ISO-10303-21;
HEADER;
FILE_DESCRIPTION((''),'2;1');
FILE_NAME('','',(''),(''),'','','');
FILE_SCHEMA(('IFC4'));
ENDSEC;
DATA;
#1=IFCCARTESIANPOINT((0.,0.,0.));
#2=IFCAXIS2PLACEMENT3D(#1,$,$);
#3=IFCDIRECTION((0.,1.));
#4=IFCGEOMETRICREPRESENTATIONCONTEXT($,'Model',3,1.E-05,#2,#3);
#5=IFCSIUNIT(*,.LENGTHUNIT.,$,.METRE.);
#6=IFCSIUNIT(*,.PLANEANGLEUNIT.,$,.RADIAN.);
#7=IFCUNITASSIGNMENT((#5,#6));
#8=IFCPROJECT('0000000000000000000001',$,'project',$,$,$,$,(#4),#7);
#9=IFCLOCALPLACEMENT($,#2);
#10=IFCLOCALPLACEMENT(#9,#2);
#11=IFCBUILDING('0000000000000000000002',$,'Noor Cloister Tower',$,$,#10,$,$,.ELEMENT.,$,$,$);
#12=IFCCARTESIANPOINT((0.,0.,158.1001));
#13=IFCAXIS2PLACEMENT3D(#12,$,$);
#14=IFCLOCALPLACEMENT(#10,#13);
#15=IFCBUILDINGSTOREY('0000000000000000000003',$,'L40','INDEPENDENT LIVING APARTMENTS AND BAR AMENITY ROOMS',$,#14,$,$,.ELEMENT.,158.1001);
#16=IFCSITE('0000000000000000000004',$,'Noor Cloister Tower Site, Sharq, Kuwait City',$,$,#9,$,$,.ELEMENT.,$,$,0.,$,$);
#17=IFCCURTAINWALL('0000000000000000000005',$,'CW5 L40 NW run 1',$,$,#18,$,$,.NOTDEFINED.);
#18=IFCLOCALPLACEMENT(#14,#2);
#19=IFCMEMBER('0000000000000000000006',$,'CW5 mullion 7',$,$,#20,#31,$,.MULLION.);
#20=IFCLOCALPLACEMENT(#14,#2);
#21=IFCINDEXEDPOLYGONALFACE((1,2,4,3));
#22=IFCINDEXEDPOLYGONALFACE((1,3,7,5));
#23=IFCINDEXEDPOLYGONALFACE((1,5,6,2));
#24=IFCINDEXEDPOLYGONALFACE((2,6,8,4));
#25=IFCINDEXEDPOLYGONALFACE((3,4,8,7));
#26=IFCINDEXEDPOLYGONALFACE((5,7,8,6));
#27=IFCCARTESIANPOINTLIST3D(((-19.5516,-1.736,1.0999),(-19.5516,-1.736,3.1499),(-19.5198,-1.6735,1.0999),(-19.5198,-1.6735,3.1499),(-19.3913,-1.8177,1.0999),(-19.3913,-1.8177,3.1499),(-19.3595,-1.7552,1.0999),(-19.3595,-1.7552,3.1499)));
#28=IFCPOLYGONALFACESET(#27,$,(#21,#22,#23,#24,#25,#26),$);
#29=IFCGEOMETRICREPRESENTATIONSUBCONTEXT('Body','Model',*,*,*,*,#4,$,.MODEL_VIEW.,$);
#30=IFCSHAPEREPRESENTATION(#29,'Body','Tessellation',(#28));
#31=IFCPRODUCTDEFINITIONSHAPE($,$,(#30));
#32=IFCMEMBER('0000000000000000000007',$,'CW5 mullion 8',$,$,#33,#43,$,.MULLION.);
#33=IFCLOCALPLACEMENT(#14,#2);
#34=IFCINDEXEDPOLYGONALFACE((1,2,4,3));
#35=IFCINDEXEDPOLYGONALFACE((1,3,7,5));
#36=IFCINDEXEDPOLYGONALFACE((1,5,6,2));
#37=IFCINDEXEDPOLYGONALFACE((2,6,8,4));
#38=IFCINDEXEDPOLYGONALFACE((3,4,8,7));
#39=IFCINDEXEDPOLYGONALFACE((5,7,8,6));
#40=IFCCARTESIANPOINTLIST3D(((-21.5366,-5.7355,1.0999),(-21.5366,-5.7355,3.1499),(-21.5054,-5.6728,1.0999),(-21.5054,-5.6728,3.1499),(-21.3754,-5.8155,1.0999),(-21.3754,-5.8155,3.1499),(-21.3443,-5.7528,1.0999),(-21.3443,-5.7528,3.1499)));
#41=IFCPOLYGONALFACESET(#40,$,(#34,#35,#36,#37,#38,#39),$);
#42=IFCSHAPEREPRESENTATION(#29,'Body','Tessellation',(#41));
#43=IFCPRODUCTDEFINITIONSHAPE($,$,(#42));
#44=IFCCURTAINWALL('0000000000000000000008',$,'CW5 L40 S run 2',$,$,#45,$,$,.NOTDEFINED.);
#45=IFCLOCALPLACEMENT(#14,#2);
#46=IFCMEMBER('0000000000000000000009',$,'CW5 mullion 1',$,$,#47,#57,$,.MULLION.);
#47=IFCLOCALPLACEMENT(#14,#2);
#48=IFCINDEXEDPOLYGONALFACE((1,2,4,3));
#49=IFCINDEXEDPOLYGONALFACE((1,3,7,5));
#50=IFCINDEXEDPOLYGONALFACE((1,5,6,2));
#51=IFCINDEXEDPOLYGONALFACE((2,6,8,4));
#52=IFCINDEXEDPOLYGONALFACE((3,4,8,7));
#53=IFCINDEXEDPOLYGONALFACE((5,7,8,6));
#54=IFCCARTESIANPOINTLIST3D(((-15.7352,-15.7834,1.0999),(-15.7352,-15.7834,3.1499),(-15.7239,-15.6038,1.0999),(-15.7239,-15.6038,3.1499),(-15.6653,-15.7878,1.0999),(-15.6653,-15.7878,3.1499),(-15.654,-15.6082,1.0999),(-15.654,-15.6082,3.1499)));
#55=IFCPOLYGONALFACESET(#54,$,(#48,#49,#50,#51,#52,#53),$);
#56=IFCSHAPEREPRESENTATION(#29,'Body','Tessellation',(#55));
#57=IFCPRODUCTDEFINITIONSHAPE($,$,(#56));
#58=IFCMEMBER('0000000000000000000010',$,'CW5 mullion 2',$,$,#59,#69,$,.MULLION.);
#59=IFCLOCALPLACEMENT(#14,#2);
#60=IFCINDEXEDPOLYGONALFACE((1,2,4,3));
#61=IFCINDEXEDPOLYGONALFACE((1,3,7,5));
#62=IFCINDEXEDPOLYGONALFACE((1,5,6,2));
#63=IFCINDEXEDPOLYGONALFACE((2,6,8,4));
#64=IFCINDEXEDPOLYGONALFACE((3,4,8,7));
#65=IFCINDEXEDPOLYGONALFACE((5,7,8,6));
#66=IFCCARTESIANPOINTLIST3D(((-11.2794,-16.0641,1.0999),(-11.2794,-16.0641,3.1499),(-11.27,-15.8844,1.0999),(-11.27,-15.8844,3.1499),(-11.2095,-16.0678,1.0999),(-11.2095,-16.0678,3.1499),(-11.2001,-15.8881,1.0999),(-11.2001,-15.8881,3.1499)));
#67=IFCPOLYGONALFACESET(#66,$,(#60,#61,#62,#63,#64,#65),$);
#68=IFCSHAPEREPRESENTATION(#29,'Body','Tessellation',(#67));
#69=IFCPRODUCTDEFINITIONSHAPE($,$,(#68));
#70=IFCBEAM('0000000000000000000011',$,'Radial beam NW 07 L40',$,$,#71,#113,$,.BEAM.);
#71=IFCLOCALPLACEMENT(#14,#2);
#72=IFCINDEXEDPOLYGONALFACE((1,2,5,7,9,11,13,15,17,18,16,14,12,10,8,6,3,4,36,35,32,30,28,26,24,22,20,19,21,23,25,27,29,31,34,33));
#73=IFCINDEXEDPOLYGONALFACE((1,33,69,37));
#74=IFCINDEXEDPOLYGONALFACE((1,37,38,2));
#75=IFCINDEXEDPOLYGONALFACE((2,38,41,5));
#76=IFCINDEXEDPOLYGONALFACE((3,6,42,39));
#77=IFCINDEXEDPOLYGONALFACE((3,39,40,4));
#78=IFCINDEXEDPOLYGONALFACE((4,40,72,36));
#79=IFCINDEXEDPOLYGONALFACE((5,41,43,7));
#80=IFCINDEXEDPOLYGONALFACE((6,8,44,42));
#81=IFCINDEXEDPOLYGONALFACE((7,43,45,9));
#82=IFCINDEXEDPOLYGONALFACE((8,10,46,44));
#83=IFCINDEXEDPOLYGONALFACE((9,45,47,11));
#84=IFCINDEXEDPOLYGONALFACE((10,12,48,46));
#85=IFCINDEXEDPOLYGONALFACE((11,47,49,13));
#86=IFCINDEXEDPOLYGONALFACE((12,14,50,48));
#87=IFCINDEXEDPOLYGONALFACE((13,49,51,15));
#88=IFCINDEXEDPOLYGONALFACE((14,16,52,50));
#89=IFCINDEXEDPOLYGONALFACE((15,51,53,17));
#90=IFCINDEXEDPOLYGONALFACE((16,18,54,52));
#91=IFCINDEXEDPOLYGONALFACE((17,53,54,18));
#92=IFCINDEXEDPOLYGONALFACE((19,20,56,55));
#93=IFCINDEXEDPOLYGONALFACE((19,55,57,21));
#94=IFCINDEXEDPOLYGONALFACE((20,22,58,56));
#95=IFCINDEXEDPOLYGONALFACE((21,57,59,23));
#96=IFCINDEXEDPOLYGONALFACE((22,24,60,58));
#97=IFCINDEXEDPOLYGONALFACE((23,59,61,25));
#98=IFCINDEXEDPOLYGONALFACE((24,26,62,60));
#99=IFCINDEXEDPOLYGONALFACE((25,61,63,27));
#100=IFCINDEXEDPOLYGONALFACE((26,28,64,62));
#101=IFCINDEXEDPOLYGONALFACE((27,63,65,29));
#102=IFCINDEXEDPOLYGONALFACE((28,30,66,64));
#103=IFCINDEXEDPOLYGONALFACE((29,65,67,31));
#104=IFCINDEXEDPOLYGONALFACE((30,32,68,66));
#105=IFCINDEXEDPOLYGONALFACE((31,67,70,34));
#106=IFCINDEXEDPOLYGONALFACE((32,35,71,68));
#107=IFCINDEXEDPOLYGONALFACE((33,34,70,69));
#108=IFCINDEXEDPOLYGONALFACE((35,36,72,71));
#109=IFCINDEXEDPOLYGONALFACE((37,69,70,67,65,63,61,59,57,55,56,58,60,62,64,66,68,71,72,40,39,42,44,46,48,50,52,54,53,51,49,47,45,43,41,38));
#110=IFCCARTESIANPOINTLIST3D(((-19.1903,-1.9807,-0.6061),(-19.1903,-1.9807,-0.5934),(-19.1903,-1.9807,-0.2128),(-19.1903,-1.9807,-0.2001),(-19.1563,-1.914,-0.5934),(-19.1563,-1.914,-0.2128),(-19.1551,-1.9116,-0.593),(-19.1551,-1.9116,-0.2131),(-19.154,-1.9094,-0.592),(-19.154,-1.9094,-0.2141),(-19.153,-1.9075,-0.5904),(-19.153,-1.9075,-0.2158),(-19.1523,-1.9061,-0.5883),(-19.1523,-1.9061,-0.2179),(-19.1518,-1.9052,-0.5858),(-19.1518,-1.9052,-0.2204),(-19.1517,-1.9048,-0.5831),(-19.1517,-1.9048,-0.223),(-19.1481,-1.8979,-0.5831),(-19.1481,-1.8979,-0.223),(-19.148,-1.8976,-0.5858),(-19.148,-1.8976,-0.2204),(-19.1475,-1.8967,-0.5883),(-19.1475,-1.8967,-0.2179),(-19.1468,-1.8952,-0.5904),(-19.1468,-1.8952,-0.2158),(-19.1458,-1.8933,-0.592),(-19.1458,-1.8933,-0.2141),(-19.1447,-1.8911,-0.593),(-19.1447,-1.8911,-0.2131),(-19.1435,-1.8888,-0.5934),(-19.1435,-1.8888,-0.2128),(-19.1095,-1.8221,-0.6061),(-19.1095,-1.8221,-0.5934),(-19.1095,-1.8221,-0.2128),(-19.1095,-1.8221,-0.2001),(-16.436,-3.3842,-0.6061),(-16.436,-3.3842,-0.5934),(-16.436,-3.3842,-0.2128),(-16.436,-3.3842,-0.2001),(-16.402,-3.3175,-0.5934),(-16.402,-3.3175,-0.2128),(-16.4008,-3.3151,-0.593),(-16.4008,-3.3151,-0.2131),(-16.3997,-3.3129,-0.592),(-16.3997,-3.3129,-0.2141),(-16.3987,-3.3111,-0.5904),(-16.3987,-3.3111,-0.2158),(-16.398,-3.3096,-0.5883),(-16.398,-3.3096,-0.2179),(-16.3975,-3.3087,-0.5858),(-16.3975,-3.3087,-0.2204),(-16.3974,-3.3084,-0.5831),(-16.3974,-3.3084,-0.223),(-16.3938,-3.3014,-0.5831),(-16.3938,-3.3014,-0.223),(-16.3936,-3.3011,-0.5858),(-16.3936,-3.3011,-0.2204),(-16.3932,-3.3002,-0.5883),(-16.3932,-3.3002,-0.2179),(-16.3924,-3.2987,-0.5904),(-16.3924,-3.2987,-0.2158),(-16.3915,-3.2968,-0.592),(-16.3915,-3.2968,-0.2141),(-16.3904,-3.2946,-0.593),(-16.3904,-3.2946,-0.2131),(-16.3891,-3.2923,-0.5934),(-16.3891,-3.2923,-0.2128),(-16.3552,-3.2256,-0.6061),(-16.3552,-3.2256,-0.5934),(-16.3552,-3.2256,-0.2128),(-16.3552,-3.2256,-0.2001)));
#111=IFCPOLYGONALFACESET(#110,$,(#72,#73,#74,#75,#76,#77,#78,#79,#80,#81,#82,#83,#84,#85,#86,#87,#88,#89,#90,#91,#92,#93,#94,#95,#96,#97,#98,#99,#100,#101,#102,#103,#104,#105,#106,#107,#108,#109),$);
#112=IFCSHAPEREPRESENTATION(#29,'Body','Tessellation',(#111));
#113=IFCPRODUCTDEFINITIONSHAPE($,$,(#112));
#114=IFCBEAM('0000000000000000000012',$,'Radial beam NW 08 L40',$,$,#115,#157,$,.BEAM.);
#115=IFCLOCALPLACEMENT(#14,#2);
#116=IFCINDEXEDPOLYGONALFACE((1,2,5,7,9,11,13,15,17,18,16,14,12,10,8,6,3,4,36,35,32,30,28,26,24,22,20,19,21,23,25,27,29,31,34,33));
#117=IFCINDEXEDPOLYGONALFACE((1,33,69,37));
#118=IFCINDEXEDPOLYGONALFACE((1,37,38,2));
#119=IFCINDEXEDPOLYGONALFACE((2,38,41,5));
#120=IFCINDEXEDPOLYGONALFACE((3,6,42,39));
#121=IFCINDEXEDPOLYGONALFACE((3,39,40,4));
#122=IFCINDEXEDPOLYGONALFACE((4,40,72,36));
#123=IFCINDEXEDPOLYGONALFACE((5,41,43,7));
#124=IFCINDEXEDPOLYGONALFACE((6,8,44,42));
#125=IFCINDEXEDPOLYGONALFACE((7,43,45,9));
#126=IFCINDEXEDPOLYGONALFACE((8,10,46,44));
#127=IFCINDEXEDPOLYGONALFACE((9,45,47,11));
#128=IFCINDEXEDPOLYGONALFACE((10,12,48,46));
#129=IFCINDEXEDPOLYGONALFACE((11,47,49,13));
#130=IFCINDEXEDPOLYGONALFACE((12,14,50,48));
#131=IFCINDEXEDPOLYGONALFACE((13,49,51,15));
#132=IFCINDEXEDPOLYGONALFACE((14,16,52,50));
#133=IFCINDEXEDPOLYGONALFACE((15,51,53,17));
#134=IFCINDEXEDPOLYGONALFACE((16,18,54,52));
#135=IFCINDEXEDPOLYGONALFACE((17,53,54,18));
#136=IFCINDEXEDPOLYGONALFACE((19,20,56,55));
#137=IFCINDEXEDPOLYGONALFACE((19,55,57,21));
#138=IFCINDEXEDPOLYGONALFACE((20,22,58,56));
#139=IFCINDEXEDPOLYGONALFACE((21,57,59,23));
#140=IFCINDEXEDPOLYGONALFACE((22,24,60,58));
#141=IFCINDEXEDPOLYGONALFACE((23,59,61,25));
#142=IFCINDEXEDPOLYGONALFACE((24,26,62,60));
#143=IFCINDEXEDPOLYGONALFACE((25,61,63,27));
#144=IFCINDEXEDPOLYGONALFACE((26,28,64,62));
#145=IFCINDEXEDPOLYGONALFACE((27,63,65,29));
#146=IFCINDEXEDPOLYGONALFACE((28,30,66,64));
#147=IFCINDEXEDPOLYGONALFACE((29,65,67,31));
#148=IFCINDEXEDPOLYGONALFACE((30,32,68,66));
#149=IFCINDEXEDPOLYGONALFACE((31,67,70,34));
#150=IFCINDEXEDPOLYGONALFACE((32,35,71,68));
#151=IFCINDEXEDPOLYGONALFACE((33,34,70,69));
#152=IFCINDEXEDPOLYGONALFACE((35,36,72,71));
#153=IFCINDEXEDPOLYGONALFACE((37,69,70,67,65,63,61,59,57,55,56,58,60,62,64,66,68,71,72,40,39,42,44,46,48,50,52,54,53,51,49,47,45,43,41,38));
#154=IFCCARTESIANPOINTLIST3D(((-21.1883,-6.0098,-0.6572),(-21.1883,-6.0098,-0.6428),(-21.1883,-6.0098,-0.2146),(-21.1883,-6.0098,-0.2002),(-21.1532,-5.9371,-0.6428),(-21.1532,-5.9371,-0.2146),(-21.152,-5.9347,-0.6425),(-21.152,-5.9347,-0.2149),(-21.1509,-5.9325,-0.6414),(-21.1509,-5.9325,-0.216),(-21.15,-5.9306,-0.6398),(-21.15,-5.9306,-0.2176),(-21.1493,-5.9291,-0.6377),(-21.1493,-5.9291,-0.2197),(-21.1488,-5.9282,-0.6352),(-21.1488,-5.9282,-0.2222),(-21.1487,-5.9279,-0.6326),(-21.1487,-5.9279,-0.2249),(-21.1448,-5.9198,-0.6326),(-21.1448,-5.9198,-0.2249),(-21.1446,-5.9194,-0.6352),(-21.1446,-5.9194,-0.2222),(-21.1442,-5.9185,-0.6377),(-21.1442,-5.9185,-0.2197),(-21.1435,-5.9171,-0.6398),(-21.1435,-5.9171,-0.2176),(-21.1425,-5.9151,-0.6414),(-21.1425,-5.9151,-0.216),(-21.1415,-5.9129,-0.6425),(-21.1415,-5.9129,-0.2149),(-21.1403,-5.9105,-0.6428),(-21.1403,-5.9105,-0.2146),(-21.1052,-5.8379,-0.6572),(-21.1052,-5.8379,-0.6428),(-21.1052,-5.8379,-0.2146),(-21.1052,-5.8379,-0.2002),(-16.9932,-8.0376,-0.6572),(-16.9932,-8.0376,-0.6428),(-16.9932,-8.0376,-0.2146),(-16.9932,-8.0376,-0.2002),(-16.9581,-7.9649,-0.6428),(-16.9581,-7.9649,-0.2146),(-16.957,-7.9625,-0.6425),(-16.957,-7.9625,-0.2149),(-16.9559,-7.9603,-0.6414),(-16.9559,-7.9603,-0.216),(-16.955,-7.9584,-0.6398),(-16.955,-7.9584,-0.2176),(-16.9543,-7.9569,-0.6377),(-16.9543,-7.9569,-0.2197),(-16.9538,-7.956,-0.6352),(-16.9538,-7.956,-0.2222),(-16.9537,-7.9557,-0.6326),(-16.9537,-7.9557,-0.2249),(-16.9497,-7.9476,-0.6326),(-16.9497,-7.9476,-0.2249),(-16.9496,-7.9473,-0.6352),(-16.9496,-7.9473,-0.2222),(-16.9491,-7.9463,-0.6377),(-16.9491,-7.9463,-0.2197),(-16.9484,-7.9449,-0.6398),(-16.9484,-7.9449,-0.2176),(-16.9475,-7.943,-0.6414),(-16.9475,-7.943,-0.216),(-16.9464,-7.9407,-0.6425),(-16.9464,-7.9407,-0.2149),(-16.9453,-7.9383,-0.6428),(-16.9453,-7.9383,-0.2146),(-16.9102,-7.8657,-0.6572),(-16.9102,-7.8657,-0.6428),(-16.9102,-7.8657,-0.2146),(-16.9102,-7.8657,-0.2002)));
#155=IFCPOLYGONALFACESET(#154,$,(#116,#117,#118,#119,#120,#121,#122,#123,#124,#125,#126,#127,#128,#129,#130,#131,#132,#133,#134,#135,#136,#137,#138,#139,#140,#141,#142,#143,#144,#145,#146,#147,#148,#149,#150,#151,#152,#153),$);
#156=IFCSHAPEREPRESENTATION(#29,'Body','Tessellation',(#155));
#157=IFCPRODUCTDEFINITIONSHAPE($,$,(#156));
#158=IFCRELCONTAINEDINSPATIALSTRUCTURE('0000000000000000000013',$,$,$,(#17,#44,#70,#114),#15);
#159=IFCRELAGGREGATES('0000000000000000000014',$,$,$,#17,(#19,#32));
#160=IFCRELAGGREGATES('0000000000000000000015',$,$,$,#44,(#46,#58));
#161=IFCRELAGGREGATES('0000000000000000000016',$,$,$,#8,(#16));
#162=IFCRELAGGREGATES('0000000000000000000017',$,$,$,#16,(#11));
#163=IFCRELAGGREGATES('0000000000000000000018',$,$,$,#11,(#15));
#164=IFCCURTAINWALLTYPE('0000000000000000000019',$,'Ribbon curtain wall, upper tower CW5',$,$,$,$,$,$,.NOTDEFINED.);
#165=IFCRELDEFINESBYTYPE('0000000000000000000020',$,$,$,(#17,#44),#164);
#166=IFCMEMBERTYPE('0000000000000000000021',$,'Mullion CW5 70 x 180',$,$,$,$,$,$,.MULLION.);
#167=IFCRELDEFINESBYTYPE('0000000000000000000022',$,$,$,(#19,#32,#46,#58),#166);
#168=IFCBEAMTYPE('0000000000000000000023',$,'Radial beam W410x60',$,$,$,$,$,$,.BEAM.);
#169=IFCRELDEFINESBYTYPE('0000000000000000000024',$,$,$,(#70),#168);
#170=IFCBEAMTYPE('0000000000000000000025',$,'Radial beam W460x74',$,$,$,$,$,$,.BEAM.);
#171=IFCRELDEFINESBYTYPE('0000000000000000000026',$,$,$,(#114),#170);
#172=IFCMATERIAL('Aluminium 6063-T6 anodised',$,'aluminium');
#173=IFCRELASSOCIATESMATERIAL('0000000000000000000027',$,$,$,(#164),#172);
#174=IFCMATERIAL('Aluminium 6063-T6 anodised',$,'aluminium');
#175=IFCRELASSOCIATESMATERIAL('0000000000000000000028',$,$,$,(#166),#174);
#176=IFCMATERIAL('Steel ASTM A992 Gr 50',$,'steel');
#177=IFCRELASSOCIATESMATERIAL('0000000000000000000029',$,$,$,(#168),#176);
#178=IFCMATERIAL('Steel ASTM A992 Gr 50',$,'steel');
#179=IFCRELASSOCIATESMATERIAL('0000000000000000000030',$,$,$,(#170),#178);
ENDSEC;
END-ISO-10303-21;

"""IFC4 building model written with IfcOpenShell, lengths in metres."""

from ifc_helpers import new_model, si_unit, direction, frame, origin, origin_2d, place, context, subcontext, project, spatial, rectangle, i_section, extrude, material, material_profile, profile_set, type_object, element, aggregate, save


model = new_model("IFC4")

# Units and contexts
model_context = context("Model", 3, precision=1e-05, world=origin(), true_north=direction((0.0, 1.0)))
body_context = subcontext(model_context, "Body", "Model", "MODEL_VIEW")
ifc_project = project(units=[si_unit("LENGTHUNIT", "METRE"), si_unit("PLANEANGLEUNIT", "RADIAN")], contexts=[model_context])

# Site, building, storey
site_placement = place(None, origin())
site = spatial("IfcSite", under=ifc_project, at=site_placement, Name="Noor Cloister Tower Site, Sharq, Kuwait City", CompositionType="ELEMENT", RefElevation=0.0)
building_placement = place(site_placement, origin())
building = spatial("IfcBuilding", under=site, at=building_placement, Name="Noor Cloister Tower", CompositionType="ELEMENT")
storey_placement = place(building_placement, frame((0.0, 0.0, 158.1001)))
storey = spatial("IfcBuildingStorey", under=building, at=storey_placement, Name="L40", Description="INDEPENDENT LIVING APARTMENTS AND BAR AMENITY ROOMS", CompositionType="ELEMENT", Elevation=158.1001)

# Curtain walls, members
ifc_material_1 = material(Name="Aluminium 6063-T6 anodised", Category="aluminium")
curtain_wall_type = type_object("IfcCurtainWallType", Name="Ribbon curtain wall, upper tower CW5", PredefinedType="NOTDEFINED", material=ifc_material_1)
curtain_wall_1_placement = place(storey_placement, origin())
curtain_wall_1 = element("IfcCurtainWall", 1, at=curtain_wall_1_placement, inside=storey, type_object=curtain_wall_type, Name="CW5 L40 NW run 1", PredefinedType="NOTDEFINED")
ifc_material_2 = material(Name="Aluminium 6063-T6 anodised", Category="aluminium")
ifc_material_profile_1 = material_profile(ifc_material_2, rectangle(XDim=0.1799, YDim=0.0701, at=origin_2d()), Name="180 x 70 mullion")
ifc_profile_set_1 = profile_set([ifc_material_profile_1], Name="Aluminium 6063-T6 anodised")
member_type = type_object("IfcMemberType", Name="Mullion CW5 70 x 180", PredefinedType="MULLION", material=ifc_profile_set_1)
member_1_placement = place(storey_placement, frame((-19.4556, -1.7456, 1.0999), z_axis=(0.0, 0.0, 1.0), x_axis=(0.891009, -0.453985, 0.0)))
member_1 = element("IfcMember", 2, at=member_1_placement, type_object=member_type, Name="CW5 mullion 7", PredefinedType="MULLION", context=body_context, shape_type="SweptSolid", body=[
    extrude(rectangle(XDim=0.1799, YDim=0.0701, at=origin_2d()), origin(), (0.0, 0.0, 1.0), 2.05),
])
member_2_placement = place(storey_placement, frame((-21.4404, -5.7441, 1.0999), z_axis=(0.0, 0.0, 1.0), x_axis=(0.895715, -0.444629, 0.0)))
member_2 = element("IfcMember", 3, at=member_2_placement, type_object=member_type, Name="CW5 mullion 8", PredefinedType="MULLION", context=body_context, shape_type="SweptSolid", body=[
    extrude(rectangle(XDim=0.1799, YDim=0.0701, at=origin_2d()), origin(), (0.0, 0.0, 1.0), 2.05),
])
curtain_wall_2_placement = place(storey_placement, origin())
curtain_wall_2 = element("IfcCurtainWall", 4, at=curtain_wall_2_placement, inside=storey, type_object=curtain_wall_type, Name="CW5 L40 S run 2", PredefinedType="NOTDEFINED")
member_3_placement = place(storey_placement, frame((-15.6946, -15.6958, 1.0999), z_axis=(0.0, 0.0, 1.0), x_axis=(0.062798, 0.998026, 0.0)))
member_3 = element("IfcMember", 5, at=member_3_placement, type_object=member_type, Name="CW5 mullion 1", PredefinedType="MULLION", context=body_context, shape_type="SweptSolid", body=[
    extrude(rectangle(XDim=0.1799, YDim=0.0701, at=origin_2d()), origin(), (0.0, 0.0, 1.0), 2.05),
])
member_4_placement = place(storey_placement, frame((-11.2397, -15.9761, 1.0999), z_axis=(0.0, 0.0, 1.0), x_axis=(0.052342, 0.998629, 0.0)))
member_4 = element("IfcMember", 6, at=member_4_placement, type_object=member_type, Name="CW5 mullion 2", PredefinedType="MULLION", context=body_context, shape_type="SweptSolid", body=[
    extrude(rectangle(XDim=0.1799, YDim=0.0701, at=origin_2d()), origin(), (0.0, 0.0, 1.0), 2.05),
])

# Beams
ifc_material_3 = material(Name="Steel ASTM A992 Gr 50", Category="steel")
ifc_material_profile_2 = material_profile(ifc_material_3, i_section(OverallWidth=0.178, OverallDepth=0.406, WebThickness=0.0078, FlangeThickness=0.0127, FilletRadius=0.0103, at=origin_2d()), Name="W410x60")
ifc_profile_set_2 = profile_set([ifc_material_profile_2], Name="Steel ASTM A992 Gr 50")
beam_type_1 = type_object("IfcBeamType", Name="Radial beam W410x60", PredefinedType="BEAM", material=ifc_profile_set_2)
beam_1_placement = place(storey_placement, frame((-19.1499, -1.9014, -0.4031), z_axis=(0.890989, -0.454024, 0.0), x_axis=(0.454024, 0.890989, 0.0)))
element("IfcBeam", 7, at=beam_1_placement, inside=storey, type_object=beam_type_1, Name="Radial beam NW 07 L40", PredefinedType="BEAM", context=body_context, shape_type="SweptSolid", body=[
    extrude(i_section(OverallWidth=0.178, OverallDepth=0.406, WebThickness=0.0078, FlangeThickness=0.0127, FilletRadius=0.0103, at=origin_2d()), origin(), (0.0, 0.0, 1.0), 3.0913),
])
ifc_material_4 = material(Name="Steel ASTM A992 Gr 50", Category="steel")
ifc_material_profile_3 = material_profile(ifc_material_4, i_section(OverallWidth=0.1909, OverallDepth=0.457, WebThickness=0.009, FlangeThickness=0.0144, FilletRadius=0.0103, at=origin_2d()), Name="W460x74")
ifc_profile_set_3 = profile_set([ifc_material_profile_3], Name="Steel ASTM A992 Gr 50")
beam_type_2 = type_object("IfcBeamType", Name="Radial beam W460x74", PredefinedType="BEAM", material=ifc_profile_set_3)
beam_2_placement = place(storey_placement, frame((-21.1467, -5.9238, -0.4287), z_axis=(0.900331, -0.435206, 0.0), x_axis=(0.435206, 0.900331, 0.0)))
element("IfcBeam", 8, at=beam_2_placement, inside=storey, type_object=beam_type_2, Name="Radial beam NW 08 L40", PredefinedType="BEAM", context=body_context, shape_type="SweptSolid", body=[
    extrude(i_section(OverallWidth=0.1909, OverallDepth=0.457, WebThickness=0.009, FlangeThickness=0.0144, FilletRadius=0.0103, at=origin_2d()), origin(), (0.0, 0.0, 1.0), 4.6594),
])

aggregate(curtain_wall_1, [member_1, member_2])
aggregate(curtain_wall_2, [member_3, member_4])

save(model, "model.ifc")
